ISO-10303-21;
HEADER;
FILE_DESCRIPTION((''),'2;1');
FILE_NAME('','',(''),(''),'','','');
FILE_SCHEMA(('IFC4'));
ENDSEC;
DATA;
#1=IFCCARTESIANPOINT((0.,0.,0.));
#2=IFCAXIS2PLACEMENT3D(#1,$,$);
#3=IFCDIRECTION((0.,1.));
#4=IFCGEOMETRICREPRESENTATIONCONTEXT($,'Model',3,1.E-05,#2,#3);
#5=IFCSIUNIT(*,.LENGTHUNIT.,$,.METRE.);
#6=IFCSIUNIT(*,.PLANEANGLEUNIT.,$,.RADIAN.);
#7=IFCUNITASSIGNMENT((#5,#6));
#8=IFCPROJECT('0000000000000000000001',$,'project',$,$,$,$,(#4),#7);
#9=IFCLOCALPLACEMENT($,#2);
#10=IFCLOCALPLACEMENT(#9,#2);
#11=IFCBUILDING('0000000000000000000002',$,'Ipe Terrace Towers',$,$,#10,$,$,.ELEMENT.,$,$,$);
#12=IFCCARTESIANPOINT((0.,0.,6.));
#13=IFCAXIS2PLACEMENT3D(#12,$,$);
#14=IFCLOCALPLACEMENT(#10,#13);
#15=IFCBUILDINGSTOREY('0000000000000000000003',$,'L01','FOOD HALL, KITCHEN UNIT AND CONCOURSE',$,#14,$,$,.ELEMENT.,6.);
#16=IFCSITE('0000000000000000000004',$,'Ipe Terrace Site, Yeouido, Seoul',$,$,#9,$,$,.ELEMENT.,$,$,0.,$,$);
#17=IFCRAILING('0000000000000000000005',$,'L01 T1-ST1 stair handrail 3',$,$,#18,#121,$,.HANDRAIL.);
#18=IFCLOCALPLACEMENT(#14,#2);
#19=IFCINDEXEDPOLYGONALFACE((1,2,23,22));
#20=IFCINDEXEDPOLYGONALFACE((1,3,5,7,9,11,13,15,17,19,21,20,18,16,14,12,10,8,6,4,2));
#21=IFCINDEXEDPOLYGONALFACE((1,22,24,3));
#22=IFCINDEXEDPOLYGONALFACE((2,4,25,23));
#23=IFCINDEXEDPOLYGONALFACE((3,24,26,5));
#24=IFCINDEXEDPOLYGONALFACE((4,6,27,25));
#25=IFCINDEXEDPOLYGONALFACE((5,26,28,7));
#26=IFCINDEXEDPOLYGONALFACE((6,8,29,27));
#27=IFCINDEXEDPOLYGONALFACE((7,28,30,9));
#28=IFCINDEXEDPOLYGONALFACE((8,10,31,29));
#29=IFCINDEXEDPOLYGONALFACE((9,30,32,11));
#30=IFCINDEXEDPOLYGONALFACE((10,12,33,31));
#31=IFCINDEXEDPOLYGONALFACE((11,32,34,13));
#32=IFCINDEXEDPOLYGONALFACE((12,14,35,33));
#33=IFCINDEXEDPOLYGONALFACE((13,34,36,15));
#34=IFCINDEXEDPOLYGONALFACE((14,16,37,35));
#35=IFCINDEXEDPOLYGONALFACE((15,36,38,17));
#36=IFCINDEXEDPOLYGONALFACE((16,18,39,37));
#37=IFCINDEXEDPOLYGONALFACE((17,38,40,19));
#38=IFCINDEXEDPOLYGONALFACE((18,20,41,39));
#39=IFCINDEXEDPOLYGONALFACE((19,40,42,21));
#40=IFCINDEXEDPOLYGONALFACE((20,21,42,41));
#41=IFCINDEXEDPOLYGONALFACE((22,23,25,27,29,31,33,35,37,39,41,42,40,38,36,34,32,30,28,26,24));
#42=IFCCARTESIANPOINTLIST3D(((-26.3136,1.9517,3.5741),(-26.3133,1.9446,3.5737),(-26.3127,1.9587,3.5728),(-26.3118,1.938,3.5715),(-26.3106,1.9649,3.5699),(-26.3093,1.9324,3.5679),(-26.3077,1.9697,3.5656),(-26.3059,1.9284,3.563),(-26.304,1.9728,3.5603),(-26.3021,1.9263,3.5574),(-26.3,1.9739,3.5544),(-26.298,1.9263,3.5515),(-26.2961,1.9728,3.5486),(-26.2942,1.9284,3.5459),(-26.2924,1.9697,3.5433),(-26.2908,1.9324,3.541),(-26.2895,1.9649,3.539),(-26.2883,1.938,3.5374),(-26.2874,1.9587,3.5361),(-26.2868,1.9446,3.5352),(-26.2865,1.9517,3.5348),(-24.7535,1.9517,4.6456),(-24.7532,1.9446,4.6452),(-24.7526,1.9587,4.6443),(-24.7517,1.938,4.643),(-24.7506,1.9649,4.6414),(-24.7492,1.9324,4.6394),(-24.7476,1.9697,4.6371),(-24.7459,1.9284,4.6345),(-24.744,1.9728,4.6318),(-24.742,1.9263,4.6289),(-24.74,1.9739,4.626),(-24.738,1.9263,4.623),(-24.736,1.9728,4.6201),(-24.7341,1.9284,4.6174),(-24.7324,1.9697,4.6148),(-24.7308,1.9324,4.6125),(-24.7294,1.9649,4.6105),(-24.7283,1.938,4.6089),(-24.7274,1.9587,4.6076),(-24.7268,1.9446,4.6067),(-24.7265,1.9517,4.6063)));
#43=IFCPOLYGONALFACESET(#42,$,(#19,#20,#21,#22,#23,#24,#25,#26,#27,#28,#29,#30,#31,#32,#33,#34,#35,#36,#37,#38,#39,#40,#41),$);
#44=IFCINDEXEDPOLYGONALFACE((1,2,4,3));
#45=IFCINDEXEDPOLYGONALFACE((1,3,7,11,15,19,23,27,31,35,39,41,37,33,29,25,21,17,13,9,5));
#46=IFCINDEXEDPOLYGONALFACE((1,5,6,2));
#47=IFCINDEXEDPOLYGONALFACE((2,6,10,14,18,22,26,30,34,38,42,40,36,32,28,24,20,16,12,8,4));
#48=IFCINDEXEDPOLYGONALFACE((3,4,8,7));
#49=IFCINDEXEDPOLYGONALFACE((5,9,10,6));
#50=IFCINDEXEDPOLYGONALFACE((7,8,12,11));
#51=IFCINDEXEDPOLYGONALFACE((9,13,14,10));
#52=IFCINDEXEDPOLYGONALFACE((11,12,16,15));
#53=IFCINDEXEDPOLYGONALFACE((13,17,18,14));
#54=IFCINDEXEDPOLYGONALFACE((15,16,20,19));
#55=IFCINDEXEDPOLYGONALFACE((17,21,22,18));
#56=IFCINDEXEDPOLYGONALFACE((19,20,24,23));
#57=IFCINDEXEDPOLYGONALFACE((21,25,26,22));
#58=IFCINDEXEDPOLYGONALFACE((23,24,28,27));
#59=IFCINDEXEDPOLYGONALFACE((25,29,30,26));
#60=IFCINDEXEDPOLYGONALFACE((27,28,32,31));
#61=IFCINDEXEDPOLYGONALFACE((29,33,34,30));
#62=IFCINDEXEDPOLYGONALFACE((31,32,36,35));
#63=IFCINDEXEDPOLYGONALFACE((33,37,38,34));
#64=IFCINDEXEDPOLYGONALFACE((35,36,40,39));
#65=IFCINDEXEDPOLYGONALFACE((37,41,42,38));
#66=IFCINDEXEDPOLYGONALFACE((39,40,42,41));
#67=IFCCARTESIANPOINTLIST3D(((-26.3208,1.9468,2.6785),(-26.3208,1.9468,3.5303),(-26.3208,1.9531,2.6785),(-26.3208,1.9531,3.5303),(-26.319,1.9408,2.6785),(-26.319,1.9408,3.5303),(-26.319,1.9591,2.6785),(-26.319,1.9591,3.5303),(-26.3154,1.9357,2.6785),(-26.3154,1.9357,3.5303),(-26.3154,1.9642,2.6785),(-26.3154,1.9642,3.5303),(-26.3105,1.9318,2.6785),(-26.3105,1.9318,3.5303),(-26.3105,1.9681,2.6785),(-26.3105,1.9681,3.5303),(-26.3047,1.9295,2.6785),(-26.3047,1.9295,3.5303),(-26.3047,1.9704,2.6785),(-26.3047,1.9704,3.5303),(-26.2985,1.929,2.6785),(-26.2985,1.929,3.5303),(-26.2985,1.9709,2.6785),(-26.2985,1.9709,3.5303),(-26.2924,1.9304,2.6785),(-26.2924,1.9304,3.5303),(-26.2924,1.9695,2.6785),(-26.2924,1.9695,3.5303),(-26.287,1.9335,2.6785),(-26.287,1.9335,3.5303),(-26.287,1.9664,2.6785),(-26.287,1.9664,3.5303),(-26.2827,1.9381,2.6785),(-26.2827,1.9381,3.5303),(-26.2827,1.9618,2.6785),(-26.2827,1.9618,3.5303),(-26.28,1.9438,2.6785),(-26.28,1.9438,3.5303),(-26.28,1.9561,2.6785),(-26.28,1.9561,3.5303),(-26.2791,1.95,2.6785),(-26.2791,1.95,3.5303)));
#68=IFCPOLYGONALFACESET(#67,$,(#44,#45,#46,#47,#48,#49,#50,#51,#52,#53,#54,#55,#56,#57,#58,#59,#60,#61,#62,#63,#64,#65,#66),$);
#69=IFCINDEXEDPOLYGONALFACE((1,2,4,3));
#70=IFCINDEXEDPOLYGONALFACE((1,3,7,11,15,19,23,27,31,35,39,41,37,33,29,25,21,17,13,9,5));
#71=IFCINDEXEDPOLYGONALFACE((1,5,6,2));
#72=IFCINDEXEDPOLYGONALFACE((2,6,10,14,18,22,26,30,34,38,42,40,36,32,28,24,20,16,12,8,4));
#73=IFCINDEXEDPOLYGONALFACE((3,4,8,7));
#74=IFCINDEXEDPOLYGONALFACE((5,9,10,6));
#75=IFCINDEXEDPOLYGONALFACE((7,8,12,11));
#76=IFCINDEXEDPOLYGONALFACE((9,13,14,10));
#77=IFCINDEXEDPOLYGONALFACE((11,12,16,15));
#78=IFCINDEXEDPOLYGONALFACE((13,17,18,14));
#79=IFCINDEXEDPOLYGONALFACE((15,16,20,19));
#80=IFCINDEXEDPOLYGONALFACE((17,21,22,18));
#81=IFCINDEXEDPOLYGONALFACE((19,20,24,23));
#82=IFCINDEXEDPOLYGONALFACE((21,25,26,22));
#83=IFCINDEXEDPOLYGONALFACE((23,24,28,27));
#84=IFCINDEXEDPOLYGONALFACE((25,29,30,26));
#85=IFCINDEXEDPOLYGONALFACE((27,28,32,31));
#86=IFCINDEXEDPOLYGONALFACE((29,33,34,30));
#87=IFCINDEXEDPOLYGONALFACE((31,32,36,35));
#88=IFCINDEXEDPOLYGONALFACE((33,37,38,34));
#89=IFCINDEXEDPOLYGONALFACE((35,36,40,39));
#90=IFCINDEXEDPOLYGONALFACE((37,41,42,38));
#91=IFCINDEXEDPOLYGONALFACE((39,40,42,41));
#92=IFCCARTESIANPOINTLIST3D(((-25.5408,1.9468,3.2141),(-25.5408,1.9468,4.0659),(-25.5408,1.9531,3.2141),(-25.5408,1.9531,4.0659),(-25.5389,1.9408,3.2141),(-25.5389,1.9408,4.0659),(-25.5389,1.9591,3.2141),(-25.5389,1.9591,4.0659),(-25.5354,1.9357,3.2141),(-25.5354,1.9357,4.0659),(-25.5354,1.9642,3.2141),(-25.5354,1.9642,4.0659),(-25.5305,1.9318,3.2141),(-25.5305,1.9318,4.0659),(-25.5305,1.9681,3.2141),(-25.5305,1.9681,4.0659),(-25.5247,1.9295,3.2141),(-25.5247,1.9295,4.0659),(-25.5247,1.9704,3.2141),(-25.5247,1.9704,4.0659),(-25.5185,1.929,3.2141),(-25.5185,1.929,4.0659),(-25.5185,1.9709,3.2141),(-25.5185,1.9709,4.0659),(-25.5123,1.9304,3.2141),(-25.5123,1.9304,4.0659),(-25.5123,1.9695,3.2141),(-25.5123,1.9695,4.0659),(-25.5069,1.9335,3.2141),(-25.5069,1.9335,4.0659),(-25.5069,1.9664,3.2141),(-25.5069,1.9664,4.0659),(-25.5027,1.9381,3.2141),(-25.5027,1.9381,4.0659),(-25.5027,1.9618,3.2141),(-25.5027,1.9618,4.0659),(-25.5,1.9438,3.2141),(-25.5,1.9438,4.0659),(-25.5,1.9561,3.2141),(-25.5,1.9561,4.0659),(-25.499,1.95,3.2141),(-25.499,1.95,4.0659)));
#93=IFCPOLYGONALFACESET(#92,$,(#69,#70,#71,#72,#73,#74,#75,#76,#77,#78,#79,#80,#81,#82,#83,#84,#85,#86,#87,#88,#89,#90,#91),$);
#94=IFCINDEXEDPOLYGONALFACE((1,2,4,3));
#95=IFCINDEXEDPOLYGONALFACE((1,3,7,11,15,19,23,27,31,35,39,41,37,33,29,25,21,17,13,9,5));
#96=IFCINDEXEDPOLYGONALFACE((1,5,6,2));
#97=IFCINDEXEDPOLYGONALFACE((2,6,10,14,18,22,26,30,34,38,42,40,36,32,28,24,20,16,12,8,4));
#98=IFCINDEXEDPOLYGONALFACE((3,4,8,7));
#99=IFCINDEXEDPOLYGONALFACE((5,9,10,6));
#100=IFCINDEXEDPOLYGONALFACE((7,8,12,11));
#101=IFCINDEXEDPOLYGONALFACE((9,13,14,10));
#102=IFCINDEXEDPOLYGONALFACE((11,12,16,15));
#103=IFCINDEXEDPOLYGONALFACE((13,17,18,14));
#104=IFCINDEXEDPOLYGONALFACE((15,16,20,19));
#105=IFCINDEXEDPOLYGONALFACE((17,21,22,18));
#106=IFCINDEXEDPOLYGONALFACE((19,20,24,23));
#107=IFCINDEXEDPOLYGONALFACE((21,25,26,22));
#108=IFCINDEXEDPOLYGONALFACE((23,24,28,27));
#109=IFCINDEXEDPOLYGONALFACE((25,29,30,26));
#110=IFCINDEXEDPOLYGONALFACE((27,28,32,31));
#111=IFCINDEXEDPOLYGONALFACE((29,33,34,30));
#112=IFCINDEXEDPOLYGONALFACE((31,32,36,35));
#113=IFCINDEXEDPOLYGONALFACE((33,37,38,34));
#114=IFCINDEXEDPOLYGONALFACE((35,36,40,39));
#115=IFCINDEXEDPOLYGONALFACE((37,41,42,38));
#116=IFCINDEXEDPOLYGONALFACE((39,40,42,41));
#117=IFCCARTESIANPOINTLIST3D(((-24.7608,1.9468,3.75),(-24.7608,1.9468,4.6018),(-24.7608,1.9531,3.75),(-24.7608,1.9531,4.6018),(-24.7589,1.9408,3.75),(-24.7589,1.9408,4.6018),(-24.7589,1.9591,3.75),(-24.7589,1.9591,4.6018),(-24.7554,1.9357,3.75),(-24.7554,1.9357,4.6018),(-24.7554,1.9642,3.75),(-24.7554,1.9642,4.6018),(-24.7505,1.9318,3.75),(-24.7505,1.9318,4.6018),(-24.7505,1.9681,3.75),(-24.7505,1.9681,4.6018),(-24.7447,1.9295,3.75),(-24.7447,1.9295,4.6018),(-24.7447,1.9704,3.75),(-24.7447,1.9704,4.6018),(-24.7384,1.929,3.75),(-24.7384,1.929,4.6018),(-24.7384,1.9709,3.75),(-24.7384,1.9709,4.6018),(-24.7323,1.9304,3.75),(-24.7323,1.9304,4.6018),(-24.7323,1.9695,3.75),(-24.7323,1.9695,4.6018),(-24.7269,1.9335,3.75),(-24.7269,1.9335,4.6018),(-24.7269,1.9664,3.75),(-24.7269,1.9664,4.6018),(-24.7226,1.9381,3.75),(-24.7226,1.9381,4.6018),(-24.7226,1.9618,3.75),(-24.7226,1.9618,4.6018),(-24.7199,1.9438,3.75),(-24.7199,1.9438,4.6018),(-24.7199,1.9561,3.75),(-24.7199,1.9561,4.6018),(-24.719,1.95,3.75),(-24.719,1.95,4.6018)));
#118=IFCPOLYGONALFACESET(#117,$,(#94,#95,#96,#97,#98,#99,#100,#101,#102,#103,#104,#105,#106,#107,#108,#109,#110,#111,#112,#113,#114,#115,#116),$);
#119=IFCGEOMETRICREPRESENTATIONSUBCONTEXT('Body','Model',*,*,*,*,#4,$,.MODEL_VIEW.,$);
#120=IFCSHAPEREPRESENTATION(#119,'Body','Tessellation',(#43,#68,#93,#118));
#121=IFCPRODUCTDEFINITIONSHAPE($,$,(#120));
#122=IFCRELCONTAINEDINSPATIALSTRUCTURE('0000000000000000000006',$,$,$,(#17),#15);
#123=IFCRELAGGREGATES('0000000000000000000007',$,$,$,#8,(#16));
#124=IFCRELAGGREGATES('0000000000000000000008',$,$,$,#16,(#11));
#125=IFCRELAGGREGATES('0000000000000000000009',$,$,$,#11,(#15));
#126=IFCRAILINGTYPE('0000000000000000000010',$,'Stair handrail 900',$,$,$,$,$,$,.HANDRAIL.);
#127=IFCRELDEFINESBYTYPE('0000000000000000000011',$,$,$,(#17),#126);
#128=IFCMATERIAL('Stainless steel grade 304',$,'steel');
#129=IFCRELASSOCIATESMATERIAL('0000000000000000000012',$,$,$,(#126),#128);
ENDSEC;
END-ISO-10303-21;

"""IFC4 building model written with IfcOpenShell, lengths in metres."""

from ifc_helpers import new_model, si_unit, direction, frame, origin, origin_2d, place, context, subcontext, project, spatial, circle, extrude, material, type_object, element, save


model = new_model("IFC4")

# Units and contexts
model_context = context("Model", 3, precision=1e-05, world=origin(), true_north=direction((0.0, 1.0)))
body_context = subcontext(model_context, "Body", "Model", "MODEL_VIEW")
ifc_project = project(units=[si_unit("LENGTHUNIT", "METRE"), si_unit("PLANEANGLEUNIT", "RADIAN")], contexts=[model_context])

# Site, building, storey
site_placement = place(None, origin())
site = spatial("IfcSite", under=ifc_project, at=site_placement, Name="Ipe Terrace Site, Yeouido, Seoul", CompositionType="ELEMENT", RefElevation=0.0)
building_placement = place(site_placement, origin())
building = spatial("IfcBuilding", under=site, at=building_placement, Name="Ipe Terrace Towers", CompositionType="ELEMENT")
storey_placement = place(building_placement, frame((0.0, 0.0, 6.0)))
storey = spatial("IfcBuildingStorey", under=building, at=storey_placement, Name="L01", Description="FOOD HALL, KITCHEN UNIT AND CONCOURSE", CompositionType="ELEMENT", Elevation=6.0)

# Railing
ifc_material_1 = material(Name="Stainless steel grade 304", Category="steel")
railing_type_1 = type_object("IfcRailingType", Name="Stair handrail 900", PredefinedType="HANDRAIL", material=ifc_material_1)
railing_1_placement = place(storey_placement, frame((-26.3, 1.95, 2.6785)))
element("IfcRailing", 1, at=railing_1_placement, inside=storey, type_object=railing_type_1, Name="L01 T1-ST1 stair handrail 3", PredefinedType="HANDRAIL", context=body_context, shape_type="SweptSolid", body=[
    extrude(circle(Radius=0.0239, at=origin_2d()), frame((0.0, 0.0, 0.876), z_axis=(0.82429, 0.0, 0.566167), x_axis=(0.0, 1.0, 0.0)), (0.0, 0.0, 1.0), 1.8926),
    extrude(circle(Radius=0.021, at=origin_2d()), origin(), (0.0, 0.0, 1.0), 0.8518),
    extrude(circle(Radius=0.021, at=origin_2d()), frame((0.78, 0.0, 0.5356)), (0.0, 0.0, 1.0), 0.8518),
    extrude(circle(Radius=0.021, at=origin_2d()), frame((1.5601, 0.0, 1.0715)), (0.0, 0.0, 1.0), 0.8518),
])

save(model, "model.ifc")
